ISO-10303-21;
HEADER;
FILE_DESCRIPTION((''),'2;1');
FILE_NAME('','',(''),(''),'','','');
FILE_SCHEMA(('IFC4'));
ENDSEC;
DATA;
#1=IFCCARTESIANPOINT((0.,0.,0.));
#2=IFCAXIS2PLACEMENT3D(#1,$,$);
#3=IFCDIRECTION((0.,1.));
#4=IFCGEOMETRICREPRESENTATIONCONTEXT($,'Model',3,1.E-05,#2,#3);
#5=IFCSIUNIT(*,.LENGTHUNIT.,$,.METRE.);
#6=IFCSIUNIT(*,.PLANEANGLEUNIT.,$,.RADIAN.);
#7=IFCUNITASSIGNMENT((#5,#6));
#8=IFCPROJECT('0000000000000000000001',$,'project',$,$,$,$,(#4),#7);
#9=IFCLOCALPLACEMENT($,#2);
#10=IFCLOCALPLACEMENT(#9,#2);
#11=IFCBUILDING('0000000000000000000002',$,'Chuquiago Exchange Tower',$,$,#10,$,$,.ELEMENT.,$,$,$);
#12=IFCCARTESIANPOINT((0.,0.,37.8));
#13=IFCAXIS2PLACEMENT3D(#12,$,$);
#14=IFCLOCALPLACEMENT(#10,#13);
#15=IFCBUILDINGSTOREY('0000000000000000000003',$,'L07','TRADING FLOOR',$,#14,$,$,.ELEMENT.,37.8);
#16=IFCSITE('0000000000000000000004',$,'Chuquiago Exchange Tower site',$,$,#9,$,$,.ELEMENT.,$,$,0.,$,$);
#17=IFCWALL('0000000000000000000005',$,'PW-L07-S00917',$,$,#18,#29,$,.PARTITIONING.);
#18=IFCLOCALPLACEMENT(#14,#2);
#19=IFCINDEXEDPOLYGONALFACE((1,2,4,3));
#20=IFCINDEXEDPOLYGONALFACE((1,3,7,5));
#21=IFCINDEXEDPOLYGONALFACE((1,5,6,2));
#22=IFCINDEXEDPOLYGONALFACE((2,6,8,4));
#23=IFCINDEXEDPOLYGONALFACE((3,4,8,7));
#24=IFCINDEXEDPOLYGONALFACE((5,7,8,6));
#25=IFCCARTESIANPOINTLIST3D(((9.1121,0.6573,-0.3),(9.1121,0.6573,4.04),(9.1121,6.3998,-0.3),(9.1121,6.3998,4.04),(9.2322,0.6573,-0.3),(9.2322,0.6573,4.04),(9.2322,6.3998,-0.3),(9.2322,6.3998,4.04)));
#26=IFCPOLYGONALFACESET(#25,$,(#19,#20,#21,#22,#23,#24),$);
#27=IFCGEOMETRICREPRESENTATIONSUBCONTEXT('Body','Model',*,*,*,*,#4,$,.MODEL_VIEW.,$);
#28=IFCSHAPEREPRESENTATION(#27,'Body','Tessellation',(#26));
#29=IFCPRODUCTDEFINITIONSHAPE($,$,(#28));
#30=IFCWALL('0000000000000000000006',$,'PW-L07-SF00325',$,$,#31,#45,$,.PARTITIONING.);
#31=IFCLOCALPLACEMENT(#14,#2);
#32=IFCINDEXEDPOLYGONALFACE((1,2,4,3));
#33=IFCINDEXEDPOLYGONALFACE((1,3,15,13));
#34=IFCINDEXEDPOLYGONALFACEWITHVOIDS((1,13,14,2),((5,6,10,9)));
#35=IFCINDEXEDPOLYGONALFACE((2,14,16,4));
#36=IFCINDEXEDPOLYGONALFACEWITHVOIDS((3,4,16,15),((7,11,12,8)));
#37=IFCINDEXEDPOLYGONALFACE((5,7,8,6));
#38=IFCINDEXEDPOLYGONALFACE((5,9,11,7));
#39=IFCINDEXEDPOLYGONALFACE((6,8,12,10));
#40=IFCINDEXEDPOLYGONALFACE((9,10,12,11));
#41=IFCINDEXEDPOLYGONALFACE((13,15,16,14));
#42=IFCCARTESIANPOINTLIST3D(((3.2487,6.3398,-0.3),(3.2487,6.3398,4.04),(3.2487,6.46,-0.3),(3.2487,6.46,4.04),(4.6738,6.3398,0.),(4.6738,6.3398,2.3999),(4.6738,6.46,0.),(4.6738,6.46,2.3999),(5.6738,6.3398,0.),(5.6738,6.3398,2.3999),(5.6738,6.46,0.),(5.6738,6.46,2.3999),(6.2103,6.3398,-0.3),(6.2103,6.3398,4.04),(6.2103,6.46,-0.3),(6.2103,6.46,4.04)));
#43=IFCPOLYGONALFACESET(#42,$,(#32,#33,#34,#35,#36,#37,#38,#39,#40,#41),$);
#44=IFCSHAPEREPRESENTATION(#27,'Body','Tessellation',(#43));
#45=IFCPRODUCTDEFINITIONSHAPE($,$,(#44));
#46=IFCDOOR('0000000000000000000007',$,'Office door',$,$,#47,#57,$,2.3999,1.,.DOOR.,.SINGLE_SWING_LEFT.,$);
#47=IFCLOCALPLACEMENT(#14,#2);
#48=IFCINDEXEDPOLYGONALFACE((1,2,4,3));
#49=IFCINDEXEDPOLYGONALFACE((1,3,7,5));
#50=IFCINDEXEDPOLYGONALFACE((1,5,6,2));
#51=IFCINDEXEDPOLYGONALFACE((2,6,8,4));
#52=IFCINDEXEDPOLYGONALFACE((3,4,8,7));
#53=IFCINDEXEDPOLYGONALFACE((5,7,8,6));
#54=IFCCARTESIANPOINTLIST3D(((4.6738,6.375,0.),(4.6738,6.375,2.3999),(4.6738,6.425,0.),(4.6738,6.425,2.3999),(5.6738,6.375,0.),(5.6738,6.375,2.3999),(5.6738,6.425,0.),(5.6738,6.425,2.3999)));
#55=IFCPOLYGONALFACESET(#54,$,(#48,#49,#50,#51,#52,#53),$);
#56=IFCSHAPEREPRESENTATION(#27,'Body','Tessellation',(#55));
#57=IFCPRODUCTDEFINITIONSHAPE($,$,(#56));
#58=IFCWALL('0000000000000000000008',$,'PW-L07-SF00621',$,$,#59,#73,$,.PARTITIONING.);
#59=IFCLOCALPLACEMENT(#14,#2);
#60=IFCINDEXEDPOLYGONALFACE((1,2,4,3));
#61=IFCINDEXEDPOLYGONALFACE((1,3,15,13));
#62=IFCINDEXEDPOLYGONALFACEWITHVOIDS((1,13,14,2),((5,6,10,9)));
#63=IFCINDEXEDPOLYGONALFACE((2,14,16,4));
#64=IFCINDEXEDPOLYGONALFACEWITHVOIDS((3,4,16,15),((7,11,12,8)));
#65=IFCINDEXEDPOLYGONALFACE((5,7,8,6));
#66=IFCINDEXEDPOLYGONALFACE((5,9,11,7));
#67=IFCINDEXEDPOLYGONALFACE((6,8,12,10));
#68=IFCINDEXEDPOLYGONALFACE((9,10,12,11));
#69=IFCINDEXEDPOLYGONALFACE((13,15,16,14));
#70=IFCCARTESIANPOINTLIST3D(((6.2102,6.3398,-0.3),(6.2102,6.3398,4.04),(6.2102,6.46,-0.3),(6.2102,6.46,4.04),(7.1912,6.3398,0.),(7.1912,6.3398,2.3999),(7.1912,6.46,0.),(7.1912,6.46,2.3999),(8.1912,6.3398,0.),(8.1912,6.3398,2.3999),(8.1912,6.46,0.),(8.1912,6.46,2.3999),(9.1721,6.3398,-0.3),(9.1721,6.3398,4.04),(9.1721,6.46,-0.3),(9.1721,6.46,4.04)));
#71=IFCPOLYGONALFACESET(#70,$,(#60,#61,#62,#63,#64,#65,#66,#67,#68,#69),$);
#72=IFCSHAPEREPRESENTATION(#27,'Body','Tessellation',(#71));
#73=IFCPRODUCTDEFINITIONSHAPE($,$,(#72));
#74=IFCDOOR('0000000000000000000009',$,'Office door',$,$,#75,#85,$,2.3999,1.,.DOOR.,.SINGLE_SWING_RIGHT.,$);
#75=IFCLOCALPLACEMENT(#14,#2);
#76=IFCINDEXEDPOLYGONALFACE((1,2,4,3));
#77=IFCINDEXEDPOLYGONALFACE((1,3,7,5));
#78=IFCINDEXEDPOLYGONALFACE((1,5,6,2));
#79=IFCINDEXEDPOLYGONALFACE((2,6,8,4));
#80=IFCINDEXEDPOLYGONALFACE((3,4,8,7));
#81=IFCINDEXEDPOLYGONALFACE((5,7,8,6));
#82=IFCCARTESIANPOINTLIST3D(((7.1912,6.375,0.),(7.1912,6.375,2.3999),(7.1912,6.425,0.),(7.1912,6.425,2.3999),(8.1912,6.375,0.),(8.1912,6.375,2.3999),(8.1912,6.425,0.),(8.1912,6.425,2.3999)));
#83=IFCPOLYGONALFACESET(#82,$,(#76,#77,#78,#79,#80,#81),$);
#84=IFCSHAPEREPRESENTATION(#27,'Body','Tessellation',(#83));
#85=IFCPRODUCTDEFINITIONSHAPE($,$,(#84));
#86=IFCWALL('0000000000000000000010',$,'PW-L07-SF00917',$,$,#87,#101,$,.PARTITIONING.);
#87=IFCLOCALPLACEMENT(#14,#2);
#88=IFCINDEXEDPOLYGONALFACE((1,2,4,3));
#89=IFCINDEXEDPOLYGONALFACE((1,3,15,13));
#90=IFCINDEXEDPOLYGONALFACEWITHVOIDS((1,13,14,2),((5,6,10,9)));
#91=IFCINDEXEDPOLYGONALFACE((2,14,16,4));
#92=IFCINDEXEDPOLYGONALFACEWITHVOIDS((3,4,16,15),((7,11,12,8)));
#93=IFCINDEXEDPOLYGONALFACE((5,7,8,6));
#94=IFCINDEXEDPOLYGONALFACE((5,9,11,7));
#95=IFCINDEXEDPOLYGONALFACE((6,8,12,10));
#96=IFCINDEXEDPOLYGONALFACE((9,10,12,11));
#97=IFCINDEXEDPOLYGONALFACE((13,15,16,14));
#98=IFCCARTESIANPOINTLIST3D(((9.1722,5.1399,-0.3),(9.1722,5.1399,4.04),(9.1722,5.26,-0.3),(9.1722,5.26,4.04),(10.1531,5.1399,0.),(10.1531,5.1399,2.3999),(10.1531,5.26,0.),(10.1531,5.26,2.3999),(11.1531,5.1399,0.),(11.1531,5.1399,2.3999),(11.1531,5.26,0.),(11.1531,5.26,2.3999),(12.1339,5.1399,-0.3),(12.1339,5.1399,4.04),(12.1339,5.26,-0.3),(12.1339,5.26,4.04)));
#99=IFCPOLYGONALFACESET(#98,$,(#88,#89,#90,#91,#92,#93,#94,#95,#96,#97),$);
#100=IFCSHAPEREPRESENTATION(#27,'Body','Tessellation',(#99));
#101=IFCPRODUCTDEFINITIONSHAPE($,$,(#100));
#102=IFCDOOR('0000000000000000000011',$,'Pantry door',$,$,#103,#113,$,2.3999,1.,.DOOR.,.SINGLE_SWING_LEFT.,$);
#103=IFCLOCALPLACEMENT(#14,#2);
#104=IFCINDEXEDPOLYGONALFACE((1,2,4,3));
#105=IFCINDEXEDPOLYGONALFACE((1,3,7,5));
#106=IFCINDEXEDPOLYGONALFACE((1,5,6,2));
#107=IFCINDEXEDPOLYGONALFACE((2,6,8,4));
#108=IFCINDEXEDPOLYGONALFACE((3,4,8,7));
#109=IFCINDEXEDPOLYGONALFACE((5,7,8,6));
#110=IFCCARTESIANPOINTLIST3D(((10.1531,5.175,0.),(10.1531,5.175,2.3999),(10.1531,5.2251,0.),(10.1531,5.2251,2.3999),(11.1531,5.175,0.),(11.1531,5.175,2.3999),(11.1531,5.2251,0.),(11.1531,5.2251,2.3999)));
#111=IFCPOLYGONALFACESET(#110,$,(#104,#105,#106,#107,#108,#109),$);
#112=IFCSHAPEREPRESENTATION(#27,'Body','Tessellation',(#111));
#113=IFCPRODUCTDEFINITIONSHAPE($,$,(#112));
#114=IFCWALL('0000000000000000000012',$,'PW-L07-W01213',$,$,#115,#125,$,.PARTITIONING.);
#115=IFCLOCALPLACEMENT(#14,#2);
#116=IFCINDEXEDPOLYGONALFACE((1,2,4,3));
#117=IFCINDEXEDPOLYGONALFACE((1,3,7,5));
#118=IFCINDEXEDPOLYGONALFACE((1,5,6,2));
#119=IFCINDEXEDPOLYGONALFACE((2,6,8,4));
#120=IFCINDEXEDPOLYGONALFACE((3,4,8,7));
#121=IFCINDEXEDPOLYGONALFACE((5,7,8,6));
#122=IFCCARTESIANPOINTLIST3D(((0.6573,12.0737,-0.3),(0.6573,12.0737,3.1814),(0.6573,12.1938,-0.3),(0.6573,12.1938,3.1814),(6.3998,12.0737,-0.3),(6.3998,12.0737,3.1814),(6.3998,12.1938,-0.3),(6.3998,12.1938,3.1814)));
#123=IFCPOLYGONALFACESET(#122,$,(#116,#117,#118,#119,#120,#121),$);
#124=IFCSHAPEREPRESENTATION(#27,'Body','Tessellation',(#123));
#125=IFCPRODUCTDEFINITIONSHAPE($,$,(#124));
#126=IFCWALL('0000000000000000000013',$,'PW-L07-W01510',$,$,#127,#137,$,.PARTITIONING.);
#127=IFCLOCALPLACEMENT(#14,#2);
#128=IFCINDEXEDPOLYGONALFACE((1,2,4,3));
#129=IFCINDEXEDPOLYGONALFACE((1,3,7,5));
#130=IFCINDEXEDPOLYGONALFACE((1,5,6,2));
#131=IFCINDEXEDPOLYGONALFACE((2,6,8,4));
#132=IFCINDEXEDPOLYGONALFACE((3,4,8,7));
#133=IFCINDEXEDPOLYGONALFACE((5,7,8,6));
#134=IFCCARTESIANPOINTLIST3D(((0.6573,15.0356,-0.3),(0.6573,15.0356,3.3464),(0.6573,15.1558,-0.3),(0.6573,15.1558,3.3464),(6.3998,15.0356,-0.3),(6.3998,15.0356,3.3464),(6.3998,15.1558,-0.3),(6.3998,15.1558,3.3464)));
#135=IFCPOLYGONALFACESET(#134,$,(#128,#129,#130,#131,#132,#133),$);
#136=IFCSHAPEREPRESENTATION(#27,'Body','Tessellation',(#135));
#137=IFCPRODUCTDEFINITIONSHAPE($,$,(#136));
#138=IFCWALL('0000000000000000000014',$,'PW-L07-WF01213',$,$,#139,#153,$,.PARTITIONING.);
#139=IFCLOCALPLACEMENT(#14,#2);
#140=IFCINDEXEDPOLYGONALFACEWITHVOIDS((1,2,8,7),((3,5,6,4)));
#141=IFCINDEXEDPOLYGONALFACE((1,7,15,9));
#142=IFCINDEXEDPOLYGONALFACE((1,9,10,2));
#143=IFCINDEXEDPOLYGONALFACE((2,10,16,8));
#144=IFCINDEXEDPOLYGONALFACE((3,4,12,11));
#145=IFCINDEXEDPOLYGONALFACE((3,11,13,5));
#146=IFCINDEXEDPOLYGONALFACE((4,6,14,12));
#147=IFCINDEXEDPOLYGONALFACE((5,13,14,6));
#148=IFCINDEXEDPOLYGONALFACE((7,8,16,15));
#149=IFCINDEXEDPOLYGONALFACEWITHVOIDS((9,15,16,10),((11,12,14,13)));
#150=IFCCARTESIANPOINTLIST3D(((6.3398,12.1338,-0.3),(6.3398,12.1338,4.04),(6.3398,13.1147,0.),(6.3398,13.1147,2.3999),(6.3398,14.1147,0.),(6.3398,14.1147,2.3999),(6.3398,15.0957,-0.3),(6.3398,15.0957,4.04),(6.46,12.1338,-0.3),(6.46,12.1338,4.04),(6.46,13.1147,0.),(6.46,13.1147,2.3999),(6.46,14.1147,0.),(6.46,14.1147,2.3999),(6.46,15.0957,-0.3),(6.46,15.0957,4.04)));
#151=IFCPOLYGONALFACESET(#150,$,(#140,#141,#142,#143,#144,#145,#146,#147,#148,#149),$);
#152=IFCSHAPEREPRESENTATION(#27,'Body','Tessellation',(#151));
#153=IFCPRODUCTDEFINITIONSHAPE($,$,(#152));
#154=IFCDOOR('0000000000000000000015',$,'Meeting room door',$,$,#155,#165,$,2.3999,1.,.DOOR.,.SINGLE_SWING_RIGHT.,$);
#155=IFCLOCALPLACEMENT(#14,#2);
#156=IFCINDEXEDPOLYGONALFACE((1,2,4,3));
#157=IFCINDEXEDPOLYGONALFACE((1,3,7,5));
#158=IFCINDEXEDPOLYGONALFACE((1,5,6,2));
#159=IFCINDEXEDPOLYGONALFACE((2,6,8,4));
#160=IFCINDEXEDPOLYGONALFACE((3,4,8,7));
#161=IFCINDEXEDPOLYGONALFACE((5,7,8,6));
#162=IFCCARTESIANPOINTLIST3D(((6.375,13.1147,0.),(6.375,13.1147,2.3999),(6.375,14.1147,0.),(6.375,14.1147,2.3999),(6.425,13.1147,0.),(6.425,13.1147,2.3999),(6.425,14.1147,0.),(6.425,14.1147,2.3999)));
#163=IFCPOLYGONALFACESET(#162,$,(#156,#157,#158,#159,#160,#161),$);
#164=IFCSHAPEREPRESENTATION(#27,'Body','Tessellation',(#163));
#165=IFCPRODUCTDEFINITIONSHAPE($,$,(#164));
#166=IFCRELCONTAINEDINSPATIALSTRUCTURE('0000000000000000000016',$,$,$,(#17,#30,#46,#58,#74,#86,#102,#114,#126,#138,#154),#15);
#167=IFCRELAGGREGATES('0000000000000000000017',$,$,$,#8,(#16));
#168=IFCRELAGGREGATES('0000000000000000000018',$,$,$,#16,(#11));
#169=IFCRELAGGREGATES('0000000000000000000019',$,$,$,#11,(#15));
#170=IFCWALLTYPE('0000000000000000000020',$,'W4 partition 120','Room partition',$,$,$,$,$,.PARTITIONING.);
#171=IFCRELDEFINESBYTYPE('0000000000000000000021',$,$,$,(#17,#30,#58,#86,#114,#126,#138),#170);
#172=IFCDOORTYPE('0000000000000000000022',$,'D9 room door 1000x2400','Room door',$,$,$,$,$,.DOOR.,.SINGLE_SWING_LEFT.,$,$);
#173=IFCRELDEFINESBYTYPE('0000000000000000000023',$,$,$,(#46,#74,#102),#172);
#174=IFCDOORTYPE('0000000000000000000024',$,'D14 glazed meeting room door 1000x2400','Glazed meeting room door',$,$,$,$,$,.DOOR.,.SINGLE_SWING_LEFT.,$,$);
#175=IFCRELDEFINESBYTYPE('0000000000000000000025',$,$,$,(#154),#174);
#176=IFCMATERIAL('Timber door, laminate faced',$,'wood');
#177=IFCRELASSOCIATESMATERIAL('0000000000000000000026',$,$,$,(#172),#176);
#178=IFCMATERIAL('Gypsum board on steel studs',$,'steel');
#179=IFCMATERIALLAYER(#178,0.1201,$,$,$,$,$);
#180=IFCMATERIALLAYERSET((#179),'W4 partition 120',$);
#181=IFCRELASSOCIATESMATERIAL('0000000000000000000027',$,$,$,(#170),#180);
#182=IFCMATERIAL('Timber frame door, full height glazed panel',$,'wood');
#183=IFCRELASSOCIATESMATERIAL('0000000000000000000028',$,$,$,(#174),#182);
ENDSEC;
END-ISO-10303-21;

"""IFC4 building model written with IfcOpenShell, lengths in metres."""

from ifc_helpers import new_model, si_unit, direction, frame, frame_2d, origin, place, context, subcontext, project, spatial, rectangle, extrude, material, layer, layer_set, type_object, element, fill, save


model = new_model("IFC4")

# Units and contexts
model_context = context("Model", 3, precision=1e-05, world=origin(), true_north=direction((0.0, 1.0)))
body_context = subcontext(model_context, "Body", "Model", "MODEL_VIEW")
ifc_project = project(units=[si_unit("LENGTHUNIT", "METRE"), si_unit("PLANEANGLEUNIT", "RADIAN")], contexts=[model_context])

# Site, building, storey
site_placement = place(None, origin())
site = spatial("IfcSite", under=ifc_project, at=site_placement, Name="Chuquiago Exchange Tower site", CompositionType="ELEMENT", RefElevation=0.0)
building_placement = place(site_placement, origin())
building = spatial("IfcBuilding", under=site, at=building_placement, Name="Chuquiago Exchange Tower", CompositionType="ELEMENT")
storey_placement = place(building_placement, frame((0.0, 0.0, 37.8)))
storey = spatial("IfcBuildingStorey", under=building, at=storey_placement, Name="L07", Description="TRADING FLOOR", CompositionType="ELEMENT", Elevation=37.8)

# Shared definitions
ifc_material_1 = material(Name="Timber door, laminate faced", Category="wood")
door_type_1 = type_object("IfcDoorType", Name="D9 room door 1000x2400", Description="Room door", OperationType="SINGLE_SWING_LEFT", PredefinedType="DOOR", material=ifc_material_1)

# Wall
ifc_material_2 = material(Name="Gypsum board on steel studs", Category="steel")
ifc_layer_1 = layer(ifc_material_2, 0.1201)
ifc_layer_set_1 = layer_set([ifc_layer_1], Name="W4 partition 120")
wall_type_1 = type_object("IfcWallType", Name="W4 partition 120", Description="Room partition", PredefinedType="PARTITIONING", material=ifc_layer_set_1)
for number, where, z_axis, x_axis, name in (
    (1, (9.1721, 0.6575, -0.3), (0.0, 0.0, 1.0), (0.0, 1.0, 0.0), "PW-L07-S00917"),
):
    element("IfcWall", number, at=place(storey_placement, frame(where, z_axis=z_axis, x_axis=x_axis)), inside=storey, type_object=wall_type_1, Name=name, PredefinedType="PARTITIONING", context=body_context, shape_type="SweptSolid", body=[
        extrude(rectangle(XDim=5.7424, YDim=0.1201, at=frame_2d((2.8711, 0.0))), origin(), (0.0, 0.0, 1.0), 4.3401),
    ])

# Walls, openings, doors
wall_1_placement = place(storey_placement, frame((3.2485, 6.3999, -0.3), z_axis=(0.0, 0.0, 1.0), x_axis=(1.0, 0.0, 0.0)))
wall_1 = element("IfcWall", 2, at=wall_1_placement, inside=storey, type_object=wall_type_1, Name="PW-L07-SF00325", PredefinedType="PARTITIONING", context=body_context, shape_type="SweptSolid", body=[
    extrude(rectangle(XDim=2.9617, YDim=0.1201, at=frame_2d((1.481, 0.0))), origin(), (0.0, 0.0, 1.0), 4.3401),
])
opening_1_placement = place(wall_1_placement, frame((1.4253, 0.0, 0.3)))
opening_1 = element("IfcOpeningElement", 3, at=opening_1_placement, cuts=wall_1, PredefinedType="OPENING", context=body_context, shape_type="SweptSolid", body=[
    extrude(rectangle(XDim=1.0, YDim=2.3999, at=frame_2d((0.5, 1.2))), frame((0.0, 0.0701, 0.0), z_axis=(0.0, -1.0, 0.0), x_axis=(1.0, 0.0, 0.0)), (0.0, 0.0, 1.0), 0.1401),
])
door_1_placement = place(opening_1_placement, frame((1.0, 0.0, 0.0), z_axis=(0.0, 0.0, 1.0), x_axis=(-1.0, 0.0, 0.0)))
door_1 = element("IfcDoor", 4, at=door_1_placement, inside=storey, type_object=door_type_1, Name="Office door", OperationType="SINGLE_SWING_LEFT", OverallHeight=2.3999, OverallWidth=1.0, PredefinedType="DOOR", context=body_context, shape_type="SweptSolid", body=[
    extrude(rectangle(XDim=1.0, YDim=2.3999, at=frame_2d((0.5, 1.2))), frame((0.0, 0.0249, 0.0), z_axis=(0.0, -1.0, 0.0), x_axis=(1.0, 0.0, 0.0)), (0.0, 0.0, 1.0), 0.05),
])
fill(opening_1, door_1)
wall_2_placement = place(storey_placement, frame((6.2102, 6.3999, -0.3), z_axis=(0.0, 0.0, 1.0), x_axis=(1.0, 0.0, 0.0)))
wall_2 = element("IfcWall", 5, at=wall_2_placement, inside=storey, type_object=wall_type_1, Name="PW-L07-SF00621", PredefinedType="PARTITIONING", context=body_context, shape_type="SweptSolid", body=[
    extrude(rectangle(XDim=2.9619, YDim=0.1201, at=frame_2d((1.481, 0.0))), origin(), (0.0, 0.0, 1.0), 4.3401),
])
opening_2_placement = place(wall_2_placement, frame((0.981, 0.0, 0.3)))
opening_2 = element("IfcOpeningElement", 6, at=opening_2_placement, cuts=wall_2, PredefinedType="OPENING", context=body_context, shape_type="SweptSolid", body=[
    extrude(rectangle(XDim=1.0, YDim=2.3999, at=frame_2d((0.5, 1.2))), frame((0.0, 0.0701, 0.0), z_axis=(0.0, -1.0, 0.0), x_axis=(1.0, 0.0, 0.0)), (0.0, 0.0, 1.0), 0.1401),
])
door_2_placement = place(opening_2_placement, frame((1.0, 0.0, 0.0), z_axis=(0.0, 0.0, 1.0), x_axis=(-1.0, 0.0, 0.0)))
door_2 = element("IfcDoor", 7, at=door_2_placement, inside=storey, type_object=door_type_1, Name="Office door", OperationType="SINGLE_SWING_RIGHT", OverallHeight=2.3999, OverallWidth=1.0, PredefinedType="DOOR", context=body_context, shape_type="SweptSolid", body=[
    extrude(rectangle(XDim=1.0, YDim=2.3999, at=frame_2d((0.5, 1.2))), frame((0.0, 0.0249, 0.0), z_axis=(0.0, -1.0, 0.0), x_axis=(1.0, 0.0, 0.0)), (0.0, 0.0, 1.0), 0.05),
])
fill(opening_2, door_2)
wall_3_placement = place(storey_placement, frame((9.1721, 5.2, -0.3), z_axis=(0.0, 0.0, 1.0), x_axis=(1.0, 0.0, 0.0)))
wall_3 = element("IfcWall", 8, at=wall_3_placement, inside=storey, type_object=wall_type_1, Name="PW-L07-SF00917", PredefinedType="PARTITIONING", context=body_context, shape_type="SweptSolid", body=[
    extrude(rectangle(XDim=2.9617, YDim=0.1201, at=frame_2d((1.481, 0.0))), origin(), (0.0, 0.0, 1.0), 4.3401),
])
opening_3_placement = place(wall_3_placement, frame((0.981, 0.0, 0.3)))
opening_3 = element("IfcOpeningElement", 9, at=opening_3_placement, cuts=wall_3, PredefinedType="OPENING", context=body_context, shape_type="SweptSolid", body=[
    extrude(rectangle(XDim=1.0, YDim=2.3999, at=frame_2d((0.5, 1.2))), frame((0.0, 0.0701, 0.0), z_axis=(0.0, -1.0, 0.0), x_axis=(1.0, 0.0, 0.0)), (0.0, 0.0, 1.0), 0.1401),
])
door_3_placement = place(opening_3_placement, frame((1.0, 0.0, 0.0), z_axis=(0.0, 0.0, 1.0), x_axis=(-1.0, 0.0, 0.0)))
door_3 = element("IfcDoor", 10, at=door_3_placement, inside=storey, type_object=door_type_1, Name="Pantry door", OperationType="SINGLE_SWING_LEFT", OverallHeight=2.3999, OverallWidth=1.0, PredefinedType="DOOR", context=body_context, shape_type="SweptSolid", body=[
    extrude(rectangle(XDim=1.0, YDim=2.3999, at=frame_2d((0.5, 1.2))), frame((0.0, 0.0249, 0.0), z_axis=(0.0, -1.0, 0.0), x_axis=(1.0, 0.0, 0.0)), (0.0, 0.0, 1.0), 0.05),
])
fill(opening_3, door_3)

# Walls
wall_4_placement = place(storey_placement, frame((0.6575, 12.1338, -0.3), z_axis=(0.0, 0.0, 1.0), x_axis=(1.0, 0.0, 0.0)))
element("IfcWall", 11, at=wall_4_placement, inside=storey, type_object=wall_type_1, Name="PW-L07-W01213", PredefinedType="PARTITIONING", context=body_context, shape_type="SweptSolid", body=[
    extrude(rectangle(XDim=5.7424, YDim=0.1201, at=frame_2d((2.8711, 0.0))), origin(), (0.0, 0.0, 1.0), 3.4814),
])
wall_5_placement = place(storey_placement, frame((0.6575, 15.0957, -0.3), z_axis=(0.0, 0.0, 1.0), x_axis=(1.0, 0.0, 0.0)))
element("IfcWall", 12, at=wall_5_placement, inside=storey, type_object=wall_type_1, Name="PW-L07-W01510", PredefinedType="PARTITIONING", context=body_context, shape_type="SweptSolid", body=[
    extrude(rectangle(XDim=5.7424, YDim=0.1201, at=frame_2d((2.8711, 0.0))), origin(), (0.0, 0.0, 1.0), 3.6465),
])

# Wall, opening, door
wall_6_placement = place(storey_placement, frame((6.3999, 12.1338, -0.3), z_axis=(0.0, 0.0, 1.0), x_axis=(0.0, 1.0, 0.0)))
wall_6 = element("IfcWall", 13, at=wall_6_placement, inside=storey, type_object=wall_type_1, Name="PW-L07-WF01213", PredefinedType="PARTITIONING", context=body_context, shape_type="SweptSolid", body=[
    extrude(rectangle(XDim=2.9619, YDim=0.1201, at=frame_2d((1.481, 0.0))), origin(), (0.0, 0.0, 1.0), 4.3401),
])
opening_4_placement = place(wall_6_placement, frame((0.981, 0.0, 0.3)))
opening_4 = element("IfcOpeningElement", 14, at=opening_4_placement, cuts=wall_6, PredefinedType="OPENING", context=body_context, shape_type="SweptSolid", body=[
    extrude(rectangle(XDim=1.0, YDim=2.3999, at=frame_2d((0.5, 1.2))), frame((0.0, 0.0701, 0.0), z_axis=(0.0, -1.0, 0.0), x_axis=(1.0, 0.0, 0.0)), (0.0, 0.0, 1.0), 0.1401),
])
ifc_material_3 = material(Name="Timber frame door, full height glazed panel", Category="wood")
door_type_2 = type_object("IfcDoorType", Name="D14 glazed meeting room door 1000x2400", Description="Glazed meeting room door", OperationType="SINGLE_SWING_LEFT", PredefinedType="DOOR", material=ifc_material_3)
door_4_placement = place(opening_4_placement, origin())
door_4 = element("IfcDoor", 15, at=door_4_placement, inside=storey, type_object=door_type_2, Name="Meeting room door", OperationType="SINGLE_SWING_RIGHT", OverallHeight=2.3999, OverallWidth=1.0, PredefinedType="DOOR", context=body_context, shape_type="SweptSolid", body=[
    extrude(rectangle(XDim=1.0, YDim=2.3999, at=frame_2d((0.5, 1.2))), frame((0.0, 0.0249, 0.0), z_axis=(0.0, -1.0, 0.0), x_axis=(1.0, 0.0, 0.0)), (0.0, 0.0, 1.0), 0.05),
])
fill(opening_4, door_4)

save(model, "model.ifc")
